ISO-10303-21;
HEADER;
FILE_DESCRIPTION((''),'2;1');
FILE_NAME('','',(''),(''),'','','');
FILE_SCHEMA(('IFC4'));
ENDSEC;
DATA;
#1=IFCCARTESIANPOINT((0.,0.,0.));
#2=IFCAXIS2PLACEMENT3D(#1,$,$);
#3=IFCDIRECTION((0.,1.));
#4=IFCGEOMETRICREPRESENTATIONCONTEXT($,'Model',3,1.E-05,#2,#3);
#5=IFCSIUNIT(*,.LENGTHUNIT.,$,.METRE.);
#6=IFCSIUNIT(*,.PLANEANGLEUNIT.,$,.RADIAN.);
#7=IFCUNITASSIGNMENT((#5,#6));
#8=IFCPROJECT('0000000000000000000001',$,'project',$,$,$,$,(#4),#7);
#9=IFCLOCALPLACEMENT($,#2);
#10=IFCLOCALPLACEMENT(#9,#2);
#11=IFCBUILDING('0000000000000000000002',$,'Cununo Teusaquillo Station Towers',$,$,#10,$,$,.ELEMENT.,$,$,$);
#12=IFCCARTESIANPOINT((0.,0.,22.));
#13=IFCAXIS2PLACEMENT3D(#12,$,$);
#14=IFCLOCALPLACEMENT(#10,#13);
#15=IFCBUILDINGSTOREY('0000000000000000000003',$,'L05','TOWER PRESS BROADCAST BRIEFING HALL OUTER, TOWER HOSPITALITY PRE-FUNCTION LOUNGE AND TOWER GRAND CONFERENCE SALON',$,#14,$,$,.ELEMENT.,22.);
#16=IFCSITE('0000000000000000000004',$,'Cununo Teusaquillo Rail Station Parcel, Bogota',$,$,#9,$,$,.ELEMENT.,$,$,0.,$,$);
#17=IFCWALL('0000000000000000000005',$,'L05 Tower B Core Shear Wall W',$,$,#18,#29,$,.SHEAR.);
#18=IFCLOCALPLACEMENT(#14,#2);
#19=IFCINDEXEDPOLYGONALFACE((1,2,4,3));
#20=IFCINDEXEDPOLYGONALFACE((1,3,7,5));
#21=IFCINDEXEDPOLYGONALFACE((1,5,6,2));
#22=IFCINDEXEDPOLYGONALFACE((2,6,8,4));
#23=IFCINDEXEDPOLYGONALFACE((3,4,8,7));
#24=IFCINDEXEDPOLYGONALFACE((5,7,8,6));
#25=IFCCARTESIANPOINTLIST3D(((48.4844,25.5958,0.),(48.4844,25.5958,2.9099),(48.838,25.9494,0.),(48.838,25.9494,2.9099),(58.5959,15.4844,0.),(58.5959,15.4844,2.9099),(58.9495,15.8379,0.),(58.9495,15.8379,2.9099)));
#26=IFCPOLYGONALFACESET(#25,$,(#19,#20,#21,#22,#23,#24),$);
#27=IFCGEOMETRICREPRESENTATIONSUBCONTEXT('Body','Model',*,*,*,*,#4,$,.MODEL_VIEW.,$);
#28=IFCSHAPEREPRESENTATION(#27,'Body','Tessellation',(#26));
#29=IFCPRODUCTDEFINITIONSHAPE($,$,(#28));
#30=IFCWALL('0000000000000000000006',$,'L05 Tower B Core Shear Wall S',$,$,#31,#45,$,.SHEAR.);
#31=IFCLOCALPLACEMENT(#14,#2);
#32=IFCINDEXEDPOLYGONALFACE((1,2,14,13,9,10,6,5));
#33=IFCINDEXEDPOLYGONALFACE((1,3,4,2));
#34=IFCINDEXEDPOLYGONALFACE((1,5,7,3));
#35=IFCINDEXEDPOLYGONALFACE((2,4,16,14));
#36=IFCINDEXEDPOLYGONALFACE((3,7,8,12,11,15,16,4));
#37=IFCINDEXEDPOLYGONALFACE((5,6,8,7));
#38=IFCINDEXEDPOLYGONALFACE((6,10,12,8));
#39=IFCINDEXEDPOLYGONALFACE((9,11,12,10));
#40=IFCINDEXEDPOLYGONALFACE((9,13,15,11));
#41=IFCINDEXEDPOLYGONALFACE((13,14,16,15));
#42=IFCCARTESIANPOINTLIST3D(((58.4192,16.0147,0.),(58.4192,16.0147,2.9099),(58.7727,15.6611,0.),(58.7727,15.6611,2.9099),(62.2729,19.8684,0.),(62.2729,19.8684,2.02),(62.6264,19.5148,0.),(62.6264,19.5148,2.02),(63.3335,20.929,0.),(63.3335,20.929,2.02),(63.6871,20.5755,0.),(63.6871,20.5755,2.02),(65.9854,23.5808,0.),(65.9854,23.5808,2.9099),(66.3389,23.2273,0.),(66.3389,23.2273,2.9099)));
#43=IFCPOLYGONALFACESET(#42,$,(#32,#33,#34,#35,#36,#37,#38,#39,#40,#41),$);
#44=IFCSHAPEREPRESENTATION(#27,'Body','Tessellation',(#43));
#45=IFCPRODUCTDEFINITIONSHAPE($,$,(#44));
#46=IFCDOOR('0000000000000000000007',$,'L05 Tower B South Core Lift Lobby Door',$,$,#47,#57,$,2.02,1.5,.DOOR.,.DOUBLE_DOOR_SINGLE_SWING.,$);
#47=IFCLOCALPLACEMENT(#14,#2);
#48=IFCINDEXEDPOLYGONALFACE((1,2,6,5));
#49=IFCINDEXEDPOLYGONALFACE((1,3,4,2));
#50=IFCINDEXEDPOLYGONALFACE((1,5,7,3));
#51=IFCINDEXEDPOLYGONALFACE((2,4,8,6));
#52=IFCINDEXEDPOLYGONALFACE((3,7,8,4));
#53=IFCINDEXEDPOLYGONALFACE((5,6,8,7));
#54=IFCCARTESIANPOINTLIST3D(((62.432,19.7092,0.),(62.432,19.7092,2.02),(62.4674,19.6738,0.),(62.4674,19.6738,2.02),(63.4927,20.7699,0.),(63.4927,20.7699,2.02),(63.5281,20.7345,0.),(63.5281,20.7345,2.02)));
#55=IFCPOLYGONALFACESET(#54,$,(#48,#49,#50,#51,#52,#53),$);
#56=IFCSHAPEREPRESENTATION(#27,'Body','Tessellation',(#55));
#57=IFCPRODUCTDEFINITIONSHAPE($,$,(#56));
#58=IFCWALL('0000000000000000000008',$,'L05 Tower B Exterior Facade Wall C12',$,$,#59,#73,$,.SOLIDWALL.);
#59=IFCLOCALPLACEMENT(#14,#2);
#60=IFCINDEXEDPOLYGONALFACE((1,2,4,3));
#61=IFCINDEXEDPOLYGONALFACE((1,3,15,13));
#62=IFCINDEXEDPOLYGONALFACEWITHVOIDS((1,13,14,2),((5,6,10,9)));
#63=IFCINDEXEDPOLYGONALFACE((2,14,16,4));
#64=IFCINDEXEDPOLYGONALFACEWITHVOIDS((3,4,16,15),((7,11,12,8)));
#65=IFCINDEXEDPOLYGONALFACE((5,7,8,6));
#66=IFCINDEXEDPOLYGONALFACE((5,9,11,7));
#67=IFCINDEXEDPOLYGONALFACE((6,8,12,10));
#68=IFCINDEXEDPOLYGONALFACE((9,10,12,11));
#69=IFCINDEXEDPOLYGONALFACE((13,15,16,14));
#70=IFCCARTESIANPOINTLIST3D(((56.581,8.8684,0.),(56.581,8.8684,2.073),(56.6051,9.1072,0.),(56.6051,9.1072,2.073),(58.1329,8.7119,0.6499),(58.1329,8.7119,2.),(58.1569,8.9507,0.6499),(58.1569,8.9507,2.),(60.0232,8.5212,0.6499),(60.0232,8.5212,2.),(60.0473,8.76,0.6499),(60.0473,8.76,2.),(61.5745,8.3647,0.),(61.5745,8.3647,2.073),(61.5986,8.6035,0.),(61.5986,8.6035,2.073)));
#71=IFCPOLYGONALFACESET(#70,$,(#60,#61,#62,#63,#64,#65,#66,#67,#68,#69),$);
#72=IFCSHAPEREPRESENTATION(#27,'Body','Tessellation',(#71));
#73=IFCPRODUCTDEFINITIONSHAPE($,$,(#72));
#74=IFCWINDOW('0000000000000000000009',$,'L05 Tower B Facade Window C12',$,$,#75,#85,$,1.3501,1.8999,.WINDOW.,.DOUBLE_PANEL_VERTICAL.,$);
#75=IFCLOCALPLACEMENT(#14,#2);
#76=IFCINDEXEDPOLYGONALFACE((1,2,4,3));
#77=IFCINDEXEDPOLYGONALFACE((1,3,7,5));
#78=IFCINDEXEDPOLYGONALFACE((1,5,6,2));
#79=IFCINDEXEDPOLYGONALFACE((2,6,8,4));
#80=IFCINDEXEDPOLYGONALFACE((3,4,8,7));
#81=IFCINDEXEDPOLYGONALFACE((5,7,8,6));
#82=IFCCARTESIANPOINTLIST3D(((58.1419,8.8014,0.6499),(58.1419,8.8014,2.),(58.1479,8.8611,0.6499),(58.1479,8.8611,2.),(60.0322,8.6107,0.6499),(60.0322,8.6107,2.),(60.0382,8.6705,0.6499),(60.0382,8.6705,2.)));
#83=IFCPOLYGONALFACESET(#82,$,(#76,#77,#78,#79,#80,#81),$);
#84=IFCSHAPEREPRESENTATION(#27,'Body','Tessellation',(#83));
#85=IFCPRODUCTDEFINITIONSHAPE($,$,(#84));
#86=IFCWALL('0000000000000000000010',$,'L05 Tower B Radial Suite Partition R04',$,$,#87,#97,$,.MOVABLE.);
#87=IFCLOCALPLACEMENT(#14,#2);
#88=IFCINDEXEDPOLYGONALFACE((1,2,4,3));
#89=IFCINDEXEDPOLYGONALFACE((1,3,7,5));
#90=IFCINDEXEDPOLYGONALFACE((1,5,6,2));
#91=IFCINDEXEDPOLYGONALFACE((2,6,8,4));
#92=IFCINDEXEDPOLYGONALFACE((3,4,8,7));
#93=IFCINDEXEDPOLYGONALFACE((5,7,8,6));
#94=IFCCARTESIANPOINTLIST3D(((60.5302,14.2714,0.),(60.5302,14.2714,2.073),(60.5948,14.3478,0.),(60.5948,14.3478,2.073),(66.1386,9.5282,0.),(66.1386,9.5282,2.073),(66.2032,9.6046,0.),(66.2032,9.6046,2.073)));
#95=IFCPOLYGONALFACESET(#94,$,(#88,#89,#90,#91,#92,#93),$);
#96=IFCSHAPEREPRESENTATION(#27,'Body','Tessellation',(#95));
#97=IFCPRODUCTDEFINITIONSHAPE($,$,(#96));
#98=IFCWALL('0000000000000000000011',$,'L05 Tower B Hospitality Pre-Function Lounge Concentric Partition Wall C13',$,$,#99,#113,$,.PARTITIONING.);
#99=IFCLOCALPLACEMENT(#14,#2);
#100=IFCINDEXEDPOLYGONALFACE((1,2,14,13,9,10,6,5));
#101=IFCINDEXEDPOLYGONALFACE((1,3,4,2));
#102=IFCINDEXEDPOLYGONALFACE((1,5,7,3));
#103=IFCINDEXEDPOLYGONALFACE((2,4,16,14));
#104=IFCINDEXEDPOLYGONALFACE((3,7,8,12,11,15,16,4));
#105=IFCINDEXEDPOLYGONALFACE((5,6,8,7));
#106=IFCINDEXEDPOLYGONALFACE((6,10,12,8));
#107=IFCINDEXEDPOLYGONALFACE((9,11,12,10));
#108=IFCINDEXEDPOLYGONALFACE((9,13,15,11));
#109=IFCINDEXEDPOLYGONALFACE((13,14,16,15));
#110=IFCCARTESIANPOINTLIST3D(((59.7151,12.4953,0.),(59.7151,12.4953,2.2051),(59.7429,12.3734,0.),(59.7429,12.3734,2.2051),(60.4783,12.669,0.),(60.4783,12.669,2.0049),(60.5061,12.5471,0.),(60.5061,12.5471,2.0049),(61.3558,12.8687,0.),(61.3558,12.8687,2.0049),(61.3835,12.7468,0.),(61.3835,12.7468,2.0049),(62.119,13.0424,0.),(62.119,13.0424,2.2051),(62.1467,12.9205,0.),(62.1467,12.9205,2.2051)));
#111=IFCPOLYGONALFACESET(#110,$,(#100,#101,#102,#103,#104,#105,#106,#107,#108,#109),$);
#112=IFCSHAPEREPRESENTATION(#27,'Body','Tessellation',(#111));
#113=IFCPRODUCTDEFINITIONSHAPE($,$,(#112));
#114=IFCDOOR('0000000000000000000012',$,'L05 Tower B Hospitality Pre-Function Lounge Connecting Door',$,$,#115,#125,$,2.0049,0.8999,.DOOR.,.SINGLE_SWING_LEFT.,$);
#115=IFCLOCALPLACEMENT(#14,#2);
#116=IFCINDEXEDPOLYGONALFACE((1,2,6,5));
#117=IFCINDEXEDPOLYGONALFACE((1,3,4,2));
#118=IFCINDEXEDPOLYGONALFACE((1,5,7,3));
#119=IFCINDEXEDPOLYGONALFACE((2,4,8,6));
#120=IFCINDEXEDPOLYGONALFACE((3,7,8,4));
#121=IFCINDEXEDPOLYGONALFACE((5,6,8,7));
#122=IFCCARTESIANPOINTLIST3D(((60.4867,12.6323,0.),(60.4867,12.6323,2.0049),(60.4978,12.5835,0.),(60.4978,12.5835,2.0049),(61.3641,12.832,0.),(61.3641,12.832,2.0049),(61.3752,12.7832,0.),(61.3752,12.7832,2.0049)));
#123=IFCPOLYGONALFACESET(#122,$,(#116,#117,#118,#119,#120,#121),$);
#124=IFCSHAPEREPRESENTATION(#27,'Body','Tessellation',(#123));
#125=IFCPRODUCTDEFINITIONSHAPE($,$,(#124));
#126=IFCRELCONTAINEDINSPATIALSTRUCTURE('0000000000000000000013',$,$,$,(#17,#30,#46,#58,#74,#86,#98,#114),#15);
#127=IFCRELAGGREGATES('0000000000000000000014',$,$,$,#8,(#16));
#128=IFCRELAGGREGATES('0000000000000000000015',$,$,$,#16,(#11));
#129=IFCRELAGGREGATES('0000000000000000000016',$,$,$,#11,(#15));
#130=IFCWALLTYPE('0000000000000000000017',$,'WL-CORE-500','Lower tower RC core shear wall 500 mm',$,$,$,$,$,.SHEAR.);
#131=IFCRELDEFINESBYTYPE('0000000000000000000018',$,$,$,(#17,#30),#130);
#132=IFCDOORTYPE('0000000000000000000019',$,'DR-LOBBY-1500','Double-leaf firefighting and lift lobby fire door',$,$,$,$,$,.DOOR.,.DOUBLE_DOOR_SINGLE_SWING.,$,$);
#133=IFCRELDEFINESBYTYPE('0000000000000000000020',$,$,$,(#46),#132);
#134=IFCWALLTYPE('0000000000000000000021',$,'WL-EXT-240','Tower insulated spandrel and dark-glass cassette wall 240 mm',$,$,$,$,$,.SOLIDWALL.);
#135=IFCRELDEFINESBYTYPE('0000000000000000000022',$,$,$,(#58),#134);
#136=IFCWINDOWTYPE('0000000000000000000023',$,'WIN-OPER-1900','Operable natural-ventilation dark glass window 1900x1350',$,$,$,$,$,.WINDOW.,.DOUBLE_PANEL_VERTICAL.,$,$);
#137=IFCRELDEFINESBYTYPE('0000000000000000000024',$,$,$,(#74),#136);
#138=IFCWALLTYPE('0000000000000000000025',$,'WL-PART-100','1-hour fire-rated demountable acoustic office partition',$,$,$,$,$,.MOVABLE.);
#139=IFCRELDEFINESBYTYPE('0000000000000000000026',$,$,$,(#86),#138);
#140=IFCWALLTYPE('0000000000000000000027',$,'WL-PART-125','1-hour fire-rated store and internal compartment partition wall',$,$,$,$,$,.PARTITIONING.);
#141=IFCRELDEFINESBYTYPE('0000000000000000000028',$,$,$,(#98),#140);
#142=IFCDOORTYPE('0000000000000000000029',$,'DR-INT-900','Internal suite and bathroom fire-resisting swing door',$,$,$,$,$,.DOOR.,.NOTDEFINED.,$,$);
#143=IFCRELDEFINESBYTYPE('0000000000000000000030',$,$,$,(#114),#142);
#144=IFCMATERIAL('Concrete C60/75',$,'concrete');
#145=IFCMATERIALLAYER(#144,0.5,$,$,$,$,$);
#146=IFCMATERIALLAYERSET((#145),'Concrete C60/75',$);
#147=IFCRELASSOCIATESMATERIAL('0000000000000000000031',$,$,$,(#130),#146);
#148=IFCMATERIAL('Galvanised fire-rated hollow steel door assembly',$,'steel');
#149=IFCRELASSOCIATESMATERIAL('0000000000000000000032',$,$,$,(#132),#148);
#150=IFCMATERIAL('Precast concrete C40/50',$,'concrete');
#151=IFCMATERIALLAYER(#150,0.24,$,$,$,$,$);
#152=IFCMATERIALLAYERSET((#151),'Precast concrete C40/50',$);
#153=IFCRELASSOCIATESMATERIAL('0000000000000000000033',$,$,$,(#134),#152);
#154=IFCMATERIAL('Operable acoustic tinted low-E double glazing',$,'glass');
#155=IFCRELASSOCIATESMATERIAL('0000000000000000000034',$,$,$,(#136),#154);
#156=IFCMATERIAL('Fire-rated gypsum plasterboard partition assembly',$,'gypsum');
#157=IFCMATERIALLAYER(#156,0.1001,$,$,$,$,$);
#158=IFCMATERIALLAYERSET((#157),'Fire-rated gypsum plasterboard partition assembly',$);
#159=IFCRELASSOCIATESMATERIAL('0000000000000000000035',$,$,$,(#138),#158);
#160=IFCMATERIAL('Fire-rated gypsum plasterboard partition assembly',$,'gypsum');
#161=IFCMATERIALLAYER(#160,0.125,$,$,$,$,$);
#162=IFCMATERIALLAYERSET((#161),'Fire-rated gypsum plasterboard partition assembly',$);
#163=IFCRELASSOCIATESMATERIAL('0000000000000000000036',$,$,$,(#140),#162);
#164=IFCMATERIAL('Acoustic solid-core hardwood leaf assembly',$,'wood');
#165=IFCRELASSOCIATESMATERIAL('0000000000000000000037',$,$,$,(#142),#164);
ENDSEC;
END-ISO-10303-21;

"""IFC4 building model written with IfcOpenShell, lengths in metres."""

from ifc_helpers import new_model, si_unit, direction, frame, frame_2d, origin, place, context, subcontext, project, spatial, rectangle, extrude, source, transform, mapped, material, layer, layer_set, type_object, element, fill, save


model = new_model("IFC4")

# Units and contexts
model_context = context("Model", 3, precision=1e-05, world=origin(), true_north=direction((0.0, 1.0)))
body_context = subcontext(model_context, "Body", "Model", "MODEL_VIEW")
ifc_project = project(units=[si_unit("LENGTHUNIT", "METRE"), si_unit("PLANEANGLEUNIT", "RADIAN")], contexts=[model_context])

# Site, building, storey
site_placement = place(None, origin())
site = spatial("IfcSite", under=ifc_project, at=site_placement, Name="Cununo Teusaquillo Rail Station Parcel, Bogota", CompositionType="ELEMENT", RefElevation=0.0)
building_placement = place(site_placement, origin())
building = spatial("IfcBuilding", under=site, at=building_placement, Name="Cununo Teusaquillo Station Towers", CompositionType="ELEMENT")
storey_placement = place(building_placement, frame((0.0, 0.0, 22.0)))
storey = spatial("IfcBuildingStorey", under=building, at=storey_placement, Name="L05", Description="TOWER PRESS BROADCAST BRIEFING HALL OUTER, TOWER HOSPITALITY PRE-FUNCTION LOUNGE AND TOWER GRAND CONFERENCE SALON", CompositionType="ELEMENT", Elevation=22.0)

# Wall
ifc_material_1 = material(Name="Concrete C60/75", Category="concrete")
ifc_layer_1 = layer(ifc_material_1, 0.5)
ifc_layer_set_1 = layer_set([ifc_layer_1], Name="Concrete C60/75")
wall_type_1 = type_object("IfcWallType", Name="WL-CORE-500", Description="Lower tower RC core shear wall 500 mm", PredefinedType="SHEAR", material=ifc_layer_set_1)
wall_1_placement = place(storey_placement, frame((58.7727, 15.6611, 0.0), z_axis=(0.0, 0.0, 1.0), x_axis=(-0.707107, 0.707107, 0.0)))
element("IfcWall", 1, at=wall_1_placement, inside=storey, type_object=wall_type_1, Name="L05 Tower B Core Shear Wall W", PredefinedType="SHEAR", context=body_context, shape_type="SweptSolid", body=[
    extrude(rectangle(XDim=14.2998, YDim=0.5, at=frame_2d((7.1499, 0.0))), origin(), (0.0, 0.0, 1.0), 2.9099),
])

# Wall, opening, door
wall_2_placement = place(storey_placement, frame((58.5959, 15.8379, 0.0), z_axis=(0.0, 0.0, 1.0), x_axis=(0.707107, 0.707107, 0.0)))
wall_2 = element("IfcWall", 2, at=wall_2_placement, inside=storey, type_object=wall_type_1, Name="L05 Tower B Core Shear Wall S", PredefinedType="SHEAR", context=body_context, shape_type="SweptSolid", body=[
    extrude(rectangle(XDim=10.7002, YDim=0.5, at=frame_2d((5.3501, 0.0))), origin(), (0.0, 0.0, 1.0), 2.9099),
])
shared_shape_1 = source(origin(), body_context, "Body", "SweptSolid", [
    extrude(rectangle(XDim=1.5, YDim=2.02, at=frame_2d((0.75, 1.01))), frame((0.0, 0.26, 0.0), z_axis=(0.0, -1.0, 0.0), x_axis=(1.0, 0.0, 0.0)), (0.0, 0.0, 1.0), 0.52),
])
opening_1_placement = place(wall_2_placement, frame((5.45, 0.0, 0.0)))
opening_1 = element("IfcOpeningElement", 3, at=opening_1_placement, cuts=wall_2, PredefinedType="OPENING", context=body_context, shape_type="MappedRepresentation", body=[
    mapped(shared_shape_1, transform((0.0, 0.0, 0.0), x_axis=(1.0, 0.0, 0.0), y_axis=(0.0, 1.0, 0.0), z_axis=(0.0, 0.0, 1.0), scale=1.0)),
])
ifc_material_2 = material(Name="Galvanised fire-rated hollow steel door assembly", Category="steel")
door_type_1 = type_object("IfcDoorType", Name="DR-LOBBY-1500", Description="Double-leaf firefighting and lift lobby fire door", OperationType="DOUBLE_DOOR_SINGLE_SWING", PredefinedType="DOOR", material=ifc_material_2)
shared_shape_2 = source(origin(), body_context, "Body", "SweptSolid", [
    extrude(rectangle(XDim=1.5, YDim=2.02, at=frame_2d((0.75, 1.01))), frame((0.0, 0.0249, 0.0), z_axis=(0.0, -1.0, 0.0), x_axis=(1.0, 0.0, 0.0)), (0.0, 0.0, 1.0), 0.05),
])
door_1_placement = place(opening_1_placement, origin())
door_1 = element("IfcDoor", 4, at=door_1_placement, inside=storey, type_object=door_type_1, Name="L05 Tower B South Core Lift Lobby Door", OperationType="DOUBLE_DOOR_SINGLE_SWING", OverallHeight=2.02, OverallWidth=1.5, PredefinedType="DOOR", context=body_context, shape_type="MappedRepresentation", body=[
    mapped(shared_shape_2, transform((0.0, 0.0, 0.0), x_axis=(1.0, 0.0, 0.0), y_axis=(0.0, 1.0, 0.0), z_axis=(0.0, 0.0, 1.0), scale=1.0)),
])
fill(opening_1, door_1)

# Wall, opening, window
ifc_material_3 = material(Name="Precast concrete C40/50", Category="concrete")
ifc_layer_2 = layer(ifc_material_3, 0.24)
ifc_layer_set_2 = layer_set([ifc_layer_2], Name="Precast concrete C40/50")
wall_type_2 = type_object("IfcWallType", Name="WL-EXT-240", Description="Tower insulated spandrel and dark-glass cassette wall 240 mm", PredefinedType="SOLIDWALL", material=ifc_layer_set_2)
wall_3_placement = place(storey_placement, frame((61.5864, 8.4841, 0.0), z_axis=(0.0, 0.0, 1.0), x_axis=(-0.994952, 0.100356, 0.0)))
wall_3 = element("IfcWall", 5, at=wall_3_placement, inside=storey, type_object=wall_type_2, Name="L05 Tower B Exterior Facade Wall C12", PredefinedType="SOLIDWALL", context=body_context, shape_type="SweptSolid", body=[
    extrude(rectangle(XDim=5.0188, YDim=0.24, at=frame_2d((2.5093, 0.0))), origin(), (0.0, 0.0, 1.0), 2.073),
])
shared_shape_3 = source(origin(), body_context, "Body", "SweptSolid", [
    extrude(rectangle(XDim=1.8999, YDim=1.3501, at=frame_2d((0.95, 0.675))), frame((0.0, 0.1299, 0.0), z_axis=(0.0, -1.0, 0.0), x_axis=(1.0, 0.0, 0.0)), (0.0, 0.0, 1.0), 0.26),
])
opening_2_placement = place(wall_3_placement, frame((1.5591, 0.0, 0.6499)))
opening_2 = element("IfcOpeningElement", 6, at=opening_2_placement, cuts=wall_3, PredefinedType="OPENING", context=body_context, shape_type="MappedRepresentation", body=[
    mapped(shared_shape_3, transform((0.0, 0.0, 0.0), x_axis=(1.0, 0.0, 0.0), y_axis=(0.0, 1.0, 0.0), z_axis=(0.0, 0.0, 1.0), scale=1.0)),
])
ifc_material_4 = material(Name="Operable acoustic tinted low-E double glazing", Category="glass")
window_type = type_object("IfcWindowType", Name="WIN-OPER-1900", Description="Operable natural-ventilation dark glass window 1900x1350", PartitioningType="DOUBLE_PANEL_VERTICAL", PredefinedType="WINDOW", material=ifc_material_4)
shared_shape_4 = source(origin(), body_context, "Body", "SweptSolid", [
    extrude(rectangle(XDim=1.8999, YDim=1.3501, at=frame_2d((0.95, 0.675))), frame((0.0, 0.03, 0.0), z_axis=(0.0, -1.0, 0.0), x_axis=(1.0, 0.0, 0.0)), (0.0, 0.0, 1.0), 0.0601),
])
window_placement = place(opening_2_placement, origin())
window = element("IfcWindow", 7, at=window_placement, inside=storey, type_object=window_type, Name="L05 Tower B Facade Window C12", OverallHeight=1.3501, OverallWidth=1.8999, PartitioningType="DOUBLE_PANEL_VERTICAL", PredefinedType="WINDOW", context=body_context, shape_type="MappedRepresentation", body=[
    mapped(shared_shape_4, transform((0.0, 0.0, 0.0), x_axis=(1.0, 0.0, 0.0), y_axis=(0.0, 1.0, 0.0), z_axis=(0.0, 0.0, 1.0), scale=1.0)),
])
fill(opening_2, window)

# Wall
ifc_material_5 = material(Name="Fire-rated gypsum plasterboard partition assembly", Category="gypsum")
ifc_layer_3 = layer(ifc_material_5, 0.1001)
ifc_layer_set_3 = layer_set([ifc_layer_3], Name="Fire-rated gypsum plasterboard partition assembly")
wall_type_3 = type_object("IfcWallType", Name="WL-PART-100", Description="1-hour fire-rated demountable acoustic office partition", PredefinedType="MOVABLE", material=ifc_layer_set_3)
wall_4_placement = place(storey_placement, frame((60.5625, 14.3096, 0.0), z_axis=(0.0, 0.0, 1.0), x_axis=(0.763548, -0.645752, 0.0)))
element("IfcWall", 8, at=wall_4_placement, inside=storey, type_object=wall_type_3, Name="L05 Tower B Radial Suite Partition R04", PredefinedType="MOVABLE", context=body_context, shape_type="SweptSolid", body=[
    extrude(rectangle(XDim=7.3452, YDim=0.1001, at=frame_2d((3.6726, 0.0))), origin(), (0.0, 0.0, 1.0), 2.073),
])

# Wall, opening, door
ifc_material_6 = material(Name="Fire-rated gypsum plasterboard partition assembly", Category="gypsum")
ifc_layer_4 = layer(ifc_material_6, 0.125)
ifc_layer_set_4 = layer_set([ifc_layer_4], Name="Fire-rated gypsum plasterboard partition assembly")
wall_type_4 = type_object("IfcWallType", Name="WL-PART-125", Description="1-hour fire-rated store and internal compartment partition wall", PredefinedType="PARTITIONING", material=ifc_layer_set_4)
wall_5_placement = place(storey_placement, frame((59.729, 12.4343, 0.0), z_axis=(0.0, 0.0, 1.0), x_axis=(0.975063, 0.221929, 0.0)))
wall_5 = element("IfcWall", 9, at=wall_5_placement, inside=storey, type_object=wall_type_4, Name="L05 Tower B Hospitality Pre-Function Lounge Concentric Partition Wall C13", PredefinedType="PARTITIONING", context=body_context, shape_type="SweptSolid", body=[
    extrude(rectangle(XDim=2.4653, YDim=0.125, at=frame_2d((1.2327, 0.0))), origin(), (0.0, 0.0, 1.0), 2.2051),
])
shared_shape_5 = source(origin(), body_context, "Body", "SweptSolid", [
    extrude(rectangle(XDim=0.8999, YDim=2.0049, at=frame_2d((0.45, 1.0024))), frame((0.0, 0.0725, 0.0), z_axis=(0.0, -1.0, 0.0), x_axis=(1.0, 0.0, 0.0)), (0.0, 0.0, 1.0), 0.145),
])
opening_3_placement = place(wall_5_placement, frame((0.7827, 0.0, 0.0)))
opening_3 = element("IfcOpeningElement", 10, at=opening_3_placement, cuts=wall_5, PredefinedType="OPENING", context=body_context, shape_type="MappedRepresentation", body=[
    mapped(shared_shape_5, transform((0.0, 0.0, 0.0), x_axis=(1.0, 0.0, 0.0), y_axis=(0.0, 1.0, 0.0), z_axis=(0.0, 0.0, 1.0), scale=1.0)),
])
ifc_material_7 = material(Name="Acoustic solid-core hardwood leaf assembly", Category="wood")
door_type_2 = type_object("IfcDoorType", Name="DR-INT-900", Description="Internal suite and bathroom fire-resisting swing door", OperationType="NOTDEFINED", PredefinedType="DOOR", material=ifc_material_7)
shared_shape_6 = source(origin(), body_context, "Body", "SweptSolid", [
    extrude(rectangle(XDim=0.8999, YDim=2.0049, at=frame_2d((0.45, 1.0024))), frame((0.0, 0.0249, 0.0), z_axis=(0.0, -1.0, 0.0), x_axis=(1.0, 0.0, 0.0)), (0.0, 0.0, 1.0), 0.05),
])
door_2_placement = place(opening_3_placement, origin())
door_2 = element("IfcDoor", 11, at=door_2_placement, inside=storey, type_object=door_type_2, Name="L05 Tower B Hospitality Pre-Function Lounge Connecting Door", OperationType="SINGLE_SWING_LEFT", OverallHeight=2.0049, OverallWidth=0.8999, PredefinedType="DOOR", context=body_context, shape_type="MappedRepresentation", body=[
    mapped(shared_shape_6, transform((0.0, 0.0, 0.0), x_axis=(1.0, 0.0, 0.0), y_axis=(0.0, 1.0, 0.0), z_axis=(0.0, 0.0, 1.0), scale=1.0)),
])
fill(opening_3, door_2)

save(model, "model.ifc")
